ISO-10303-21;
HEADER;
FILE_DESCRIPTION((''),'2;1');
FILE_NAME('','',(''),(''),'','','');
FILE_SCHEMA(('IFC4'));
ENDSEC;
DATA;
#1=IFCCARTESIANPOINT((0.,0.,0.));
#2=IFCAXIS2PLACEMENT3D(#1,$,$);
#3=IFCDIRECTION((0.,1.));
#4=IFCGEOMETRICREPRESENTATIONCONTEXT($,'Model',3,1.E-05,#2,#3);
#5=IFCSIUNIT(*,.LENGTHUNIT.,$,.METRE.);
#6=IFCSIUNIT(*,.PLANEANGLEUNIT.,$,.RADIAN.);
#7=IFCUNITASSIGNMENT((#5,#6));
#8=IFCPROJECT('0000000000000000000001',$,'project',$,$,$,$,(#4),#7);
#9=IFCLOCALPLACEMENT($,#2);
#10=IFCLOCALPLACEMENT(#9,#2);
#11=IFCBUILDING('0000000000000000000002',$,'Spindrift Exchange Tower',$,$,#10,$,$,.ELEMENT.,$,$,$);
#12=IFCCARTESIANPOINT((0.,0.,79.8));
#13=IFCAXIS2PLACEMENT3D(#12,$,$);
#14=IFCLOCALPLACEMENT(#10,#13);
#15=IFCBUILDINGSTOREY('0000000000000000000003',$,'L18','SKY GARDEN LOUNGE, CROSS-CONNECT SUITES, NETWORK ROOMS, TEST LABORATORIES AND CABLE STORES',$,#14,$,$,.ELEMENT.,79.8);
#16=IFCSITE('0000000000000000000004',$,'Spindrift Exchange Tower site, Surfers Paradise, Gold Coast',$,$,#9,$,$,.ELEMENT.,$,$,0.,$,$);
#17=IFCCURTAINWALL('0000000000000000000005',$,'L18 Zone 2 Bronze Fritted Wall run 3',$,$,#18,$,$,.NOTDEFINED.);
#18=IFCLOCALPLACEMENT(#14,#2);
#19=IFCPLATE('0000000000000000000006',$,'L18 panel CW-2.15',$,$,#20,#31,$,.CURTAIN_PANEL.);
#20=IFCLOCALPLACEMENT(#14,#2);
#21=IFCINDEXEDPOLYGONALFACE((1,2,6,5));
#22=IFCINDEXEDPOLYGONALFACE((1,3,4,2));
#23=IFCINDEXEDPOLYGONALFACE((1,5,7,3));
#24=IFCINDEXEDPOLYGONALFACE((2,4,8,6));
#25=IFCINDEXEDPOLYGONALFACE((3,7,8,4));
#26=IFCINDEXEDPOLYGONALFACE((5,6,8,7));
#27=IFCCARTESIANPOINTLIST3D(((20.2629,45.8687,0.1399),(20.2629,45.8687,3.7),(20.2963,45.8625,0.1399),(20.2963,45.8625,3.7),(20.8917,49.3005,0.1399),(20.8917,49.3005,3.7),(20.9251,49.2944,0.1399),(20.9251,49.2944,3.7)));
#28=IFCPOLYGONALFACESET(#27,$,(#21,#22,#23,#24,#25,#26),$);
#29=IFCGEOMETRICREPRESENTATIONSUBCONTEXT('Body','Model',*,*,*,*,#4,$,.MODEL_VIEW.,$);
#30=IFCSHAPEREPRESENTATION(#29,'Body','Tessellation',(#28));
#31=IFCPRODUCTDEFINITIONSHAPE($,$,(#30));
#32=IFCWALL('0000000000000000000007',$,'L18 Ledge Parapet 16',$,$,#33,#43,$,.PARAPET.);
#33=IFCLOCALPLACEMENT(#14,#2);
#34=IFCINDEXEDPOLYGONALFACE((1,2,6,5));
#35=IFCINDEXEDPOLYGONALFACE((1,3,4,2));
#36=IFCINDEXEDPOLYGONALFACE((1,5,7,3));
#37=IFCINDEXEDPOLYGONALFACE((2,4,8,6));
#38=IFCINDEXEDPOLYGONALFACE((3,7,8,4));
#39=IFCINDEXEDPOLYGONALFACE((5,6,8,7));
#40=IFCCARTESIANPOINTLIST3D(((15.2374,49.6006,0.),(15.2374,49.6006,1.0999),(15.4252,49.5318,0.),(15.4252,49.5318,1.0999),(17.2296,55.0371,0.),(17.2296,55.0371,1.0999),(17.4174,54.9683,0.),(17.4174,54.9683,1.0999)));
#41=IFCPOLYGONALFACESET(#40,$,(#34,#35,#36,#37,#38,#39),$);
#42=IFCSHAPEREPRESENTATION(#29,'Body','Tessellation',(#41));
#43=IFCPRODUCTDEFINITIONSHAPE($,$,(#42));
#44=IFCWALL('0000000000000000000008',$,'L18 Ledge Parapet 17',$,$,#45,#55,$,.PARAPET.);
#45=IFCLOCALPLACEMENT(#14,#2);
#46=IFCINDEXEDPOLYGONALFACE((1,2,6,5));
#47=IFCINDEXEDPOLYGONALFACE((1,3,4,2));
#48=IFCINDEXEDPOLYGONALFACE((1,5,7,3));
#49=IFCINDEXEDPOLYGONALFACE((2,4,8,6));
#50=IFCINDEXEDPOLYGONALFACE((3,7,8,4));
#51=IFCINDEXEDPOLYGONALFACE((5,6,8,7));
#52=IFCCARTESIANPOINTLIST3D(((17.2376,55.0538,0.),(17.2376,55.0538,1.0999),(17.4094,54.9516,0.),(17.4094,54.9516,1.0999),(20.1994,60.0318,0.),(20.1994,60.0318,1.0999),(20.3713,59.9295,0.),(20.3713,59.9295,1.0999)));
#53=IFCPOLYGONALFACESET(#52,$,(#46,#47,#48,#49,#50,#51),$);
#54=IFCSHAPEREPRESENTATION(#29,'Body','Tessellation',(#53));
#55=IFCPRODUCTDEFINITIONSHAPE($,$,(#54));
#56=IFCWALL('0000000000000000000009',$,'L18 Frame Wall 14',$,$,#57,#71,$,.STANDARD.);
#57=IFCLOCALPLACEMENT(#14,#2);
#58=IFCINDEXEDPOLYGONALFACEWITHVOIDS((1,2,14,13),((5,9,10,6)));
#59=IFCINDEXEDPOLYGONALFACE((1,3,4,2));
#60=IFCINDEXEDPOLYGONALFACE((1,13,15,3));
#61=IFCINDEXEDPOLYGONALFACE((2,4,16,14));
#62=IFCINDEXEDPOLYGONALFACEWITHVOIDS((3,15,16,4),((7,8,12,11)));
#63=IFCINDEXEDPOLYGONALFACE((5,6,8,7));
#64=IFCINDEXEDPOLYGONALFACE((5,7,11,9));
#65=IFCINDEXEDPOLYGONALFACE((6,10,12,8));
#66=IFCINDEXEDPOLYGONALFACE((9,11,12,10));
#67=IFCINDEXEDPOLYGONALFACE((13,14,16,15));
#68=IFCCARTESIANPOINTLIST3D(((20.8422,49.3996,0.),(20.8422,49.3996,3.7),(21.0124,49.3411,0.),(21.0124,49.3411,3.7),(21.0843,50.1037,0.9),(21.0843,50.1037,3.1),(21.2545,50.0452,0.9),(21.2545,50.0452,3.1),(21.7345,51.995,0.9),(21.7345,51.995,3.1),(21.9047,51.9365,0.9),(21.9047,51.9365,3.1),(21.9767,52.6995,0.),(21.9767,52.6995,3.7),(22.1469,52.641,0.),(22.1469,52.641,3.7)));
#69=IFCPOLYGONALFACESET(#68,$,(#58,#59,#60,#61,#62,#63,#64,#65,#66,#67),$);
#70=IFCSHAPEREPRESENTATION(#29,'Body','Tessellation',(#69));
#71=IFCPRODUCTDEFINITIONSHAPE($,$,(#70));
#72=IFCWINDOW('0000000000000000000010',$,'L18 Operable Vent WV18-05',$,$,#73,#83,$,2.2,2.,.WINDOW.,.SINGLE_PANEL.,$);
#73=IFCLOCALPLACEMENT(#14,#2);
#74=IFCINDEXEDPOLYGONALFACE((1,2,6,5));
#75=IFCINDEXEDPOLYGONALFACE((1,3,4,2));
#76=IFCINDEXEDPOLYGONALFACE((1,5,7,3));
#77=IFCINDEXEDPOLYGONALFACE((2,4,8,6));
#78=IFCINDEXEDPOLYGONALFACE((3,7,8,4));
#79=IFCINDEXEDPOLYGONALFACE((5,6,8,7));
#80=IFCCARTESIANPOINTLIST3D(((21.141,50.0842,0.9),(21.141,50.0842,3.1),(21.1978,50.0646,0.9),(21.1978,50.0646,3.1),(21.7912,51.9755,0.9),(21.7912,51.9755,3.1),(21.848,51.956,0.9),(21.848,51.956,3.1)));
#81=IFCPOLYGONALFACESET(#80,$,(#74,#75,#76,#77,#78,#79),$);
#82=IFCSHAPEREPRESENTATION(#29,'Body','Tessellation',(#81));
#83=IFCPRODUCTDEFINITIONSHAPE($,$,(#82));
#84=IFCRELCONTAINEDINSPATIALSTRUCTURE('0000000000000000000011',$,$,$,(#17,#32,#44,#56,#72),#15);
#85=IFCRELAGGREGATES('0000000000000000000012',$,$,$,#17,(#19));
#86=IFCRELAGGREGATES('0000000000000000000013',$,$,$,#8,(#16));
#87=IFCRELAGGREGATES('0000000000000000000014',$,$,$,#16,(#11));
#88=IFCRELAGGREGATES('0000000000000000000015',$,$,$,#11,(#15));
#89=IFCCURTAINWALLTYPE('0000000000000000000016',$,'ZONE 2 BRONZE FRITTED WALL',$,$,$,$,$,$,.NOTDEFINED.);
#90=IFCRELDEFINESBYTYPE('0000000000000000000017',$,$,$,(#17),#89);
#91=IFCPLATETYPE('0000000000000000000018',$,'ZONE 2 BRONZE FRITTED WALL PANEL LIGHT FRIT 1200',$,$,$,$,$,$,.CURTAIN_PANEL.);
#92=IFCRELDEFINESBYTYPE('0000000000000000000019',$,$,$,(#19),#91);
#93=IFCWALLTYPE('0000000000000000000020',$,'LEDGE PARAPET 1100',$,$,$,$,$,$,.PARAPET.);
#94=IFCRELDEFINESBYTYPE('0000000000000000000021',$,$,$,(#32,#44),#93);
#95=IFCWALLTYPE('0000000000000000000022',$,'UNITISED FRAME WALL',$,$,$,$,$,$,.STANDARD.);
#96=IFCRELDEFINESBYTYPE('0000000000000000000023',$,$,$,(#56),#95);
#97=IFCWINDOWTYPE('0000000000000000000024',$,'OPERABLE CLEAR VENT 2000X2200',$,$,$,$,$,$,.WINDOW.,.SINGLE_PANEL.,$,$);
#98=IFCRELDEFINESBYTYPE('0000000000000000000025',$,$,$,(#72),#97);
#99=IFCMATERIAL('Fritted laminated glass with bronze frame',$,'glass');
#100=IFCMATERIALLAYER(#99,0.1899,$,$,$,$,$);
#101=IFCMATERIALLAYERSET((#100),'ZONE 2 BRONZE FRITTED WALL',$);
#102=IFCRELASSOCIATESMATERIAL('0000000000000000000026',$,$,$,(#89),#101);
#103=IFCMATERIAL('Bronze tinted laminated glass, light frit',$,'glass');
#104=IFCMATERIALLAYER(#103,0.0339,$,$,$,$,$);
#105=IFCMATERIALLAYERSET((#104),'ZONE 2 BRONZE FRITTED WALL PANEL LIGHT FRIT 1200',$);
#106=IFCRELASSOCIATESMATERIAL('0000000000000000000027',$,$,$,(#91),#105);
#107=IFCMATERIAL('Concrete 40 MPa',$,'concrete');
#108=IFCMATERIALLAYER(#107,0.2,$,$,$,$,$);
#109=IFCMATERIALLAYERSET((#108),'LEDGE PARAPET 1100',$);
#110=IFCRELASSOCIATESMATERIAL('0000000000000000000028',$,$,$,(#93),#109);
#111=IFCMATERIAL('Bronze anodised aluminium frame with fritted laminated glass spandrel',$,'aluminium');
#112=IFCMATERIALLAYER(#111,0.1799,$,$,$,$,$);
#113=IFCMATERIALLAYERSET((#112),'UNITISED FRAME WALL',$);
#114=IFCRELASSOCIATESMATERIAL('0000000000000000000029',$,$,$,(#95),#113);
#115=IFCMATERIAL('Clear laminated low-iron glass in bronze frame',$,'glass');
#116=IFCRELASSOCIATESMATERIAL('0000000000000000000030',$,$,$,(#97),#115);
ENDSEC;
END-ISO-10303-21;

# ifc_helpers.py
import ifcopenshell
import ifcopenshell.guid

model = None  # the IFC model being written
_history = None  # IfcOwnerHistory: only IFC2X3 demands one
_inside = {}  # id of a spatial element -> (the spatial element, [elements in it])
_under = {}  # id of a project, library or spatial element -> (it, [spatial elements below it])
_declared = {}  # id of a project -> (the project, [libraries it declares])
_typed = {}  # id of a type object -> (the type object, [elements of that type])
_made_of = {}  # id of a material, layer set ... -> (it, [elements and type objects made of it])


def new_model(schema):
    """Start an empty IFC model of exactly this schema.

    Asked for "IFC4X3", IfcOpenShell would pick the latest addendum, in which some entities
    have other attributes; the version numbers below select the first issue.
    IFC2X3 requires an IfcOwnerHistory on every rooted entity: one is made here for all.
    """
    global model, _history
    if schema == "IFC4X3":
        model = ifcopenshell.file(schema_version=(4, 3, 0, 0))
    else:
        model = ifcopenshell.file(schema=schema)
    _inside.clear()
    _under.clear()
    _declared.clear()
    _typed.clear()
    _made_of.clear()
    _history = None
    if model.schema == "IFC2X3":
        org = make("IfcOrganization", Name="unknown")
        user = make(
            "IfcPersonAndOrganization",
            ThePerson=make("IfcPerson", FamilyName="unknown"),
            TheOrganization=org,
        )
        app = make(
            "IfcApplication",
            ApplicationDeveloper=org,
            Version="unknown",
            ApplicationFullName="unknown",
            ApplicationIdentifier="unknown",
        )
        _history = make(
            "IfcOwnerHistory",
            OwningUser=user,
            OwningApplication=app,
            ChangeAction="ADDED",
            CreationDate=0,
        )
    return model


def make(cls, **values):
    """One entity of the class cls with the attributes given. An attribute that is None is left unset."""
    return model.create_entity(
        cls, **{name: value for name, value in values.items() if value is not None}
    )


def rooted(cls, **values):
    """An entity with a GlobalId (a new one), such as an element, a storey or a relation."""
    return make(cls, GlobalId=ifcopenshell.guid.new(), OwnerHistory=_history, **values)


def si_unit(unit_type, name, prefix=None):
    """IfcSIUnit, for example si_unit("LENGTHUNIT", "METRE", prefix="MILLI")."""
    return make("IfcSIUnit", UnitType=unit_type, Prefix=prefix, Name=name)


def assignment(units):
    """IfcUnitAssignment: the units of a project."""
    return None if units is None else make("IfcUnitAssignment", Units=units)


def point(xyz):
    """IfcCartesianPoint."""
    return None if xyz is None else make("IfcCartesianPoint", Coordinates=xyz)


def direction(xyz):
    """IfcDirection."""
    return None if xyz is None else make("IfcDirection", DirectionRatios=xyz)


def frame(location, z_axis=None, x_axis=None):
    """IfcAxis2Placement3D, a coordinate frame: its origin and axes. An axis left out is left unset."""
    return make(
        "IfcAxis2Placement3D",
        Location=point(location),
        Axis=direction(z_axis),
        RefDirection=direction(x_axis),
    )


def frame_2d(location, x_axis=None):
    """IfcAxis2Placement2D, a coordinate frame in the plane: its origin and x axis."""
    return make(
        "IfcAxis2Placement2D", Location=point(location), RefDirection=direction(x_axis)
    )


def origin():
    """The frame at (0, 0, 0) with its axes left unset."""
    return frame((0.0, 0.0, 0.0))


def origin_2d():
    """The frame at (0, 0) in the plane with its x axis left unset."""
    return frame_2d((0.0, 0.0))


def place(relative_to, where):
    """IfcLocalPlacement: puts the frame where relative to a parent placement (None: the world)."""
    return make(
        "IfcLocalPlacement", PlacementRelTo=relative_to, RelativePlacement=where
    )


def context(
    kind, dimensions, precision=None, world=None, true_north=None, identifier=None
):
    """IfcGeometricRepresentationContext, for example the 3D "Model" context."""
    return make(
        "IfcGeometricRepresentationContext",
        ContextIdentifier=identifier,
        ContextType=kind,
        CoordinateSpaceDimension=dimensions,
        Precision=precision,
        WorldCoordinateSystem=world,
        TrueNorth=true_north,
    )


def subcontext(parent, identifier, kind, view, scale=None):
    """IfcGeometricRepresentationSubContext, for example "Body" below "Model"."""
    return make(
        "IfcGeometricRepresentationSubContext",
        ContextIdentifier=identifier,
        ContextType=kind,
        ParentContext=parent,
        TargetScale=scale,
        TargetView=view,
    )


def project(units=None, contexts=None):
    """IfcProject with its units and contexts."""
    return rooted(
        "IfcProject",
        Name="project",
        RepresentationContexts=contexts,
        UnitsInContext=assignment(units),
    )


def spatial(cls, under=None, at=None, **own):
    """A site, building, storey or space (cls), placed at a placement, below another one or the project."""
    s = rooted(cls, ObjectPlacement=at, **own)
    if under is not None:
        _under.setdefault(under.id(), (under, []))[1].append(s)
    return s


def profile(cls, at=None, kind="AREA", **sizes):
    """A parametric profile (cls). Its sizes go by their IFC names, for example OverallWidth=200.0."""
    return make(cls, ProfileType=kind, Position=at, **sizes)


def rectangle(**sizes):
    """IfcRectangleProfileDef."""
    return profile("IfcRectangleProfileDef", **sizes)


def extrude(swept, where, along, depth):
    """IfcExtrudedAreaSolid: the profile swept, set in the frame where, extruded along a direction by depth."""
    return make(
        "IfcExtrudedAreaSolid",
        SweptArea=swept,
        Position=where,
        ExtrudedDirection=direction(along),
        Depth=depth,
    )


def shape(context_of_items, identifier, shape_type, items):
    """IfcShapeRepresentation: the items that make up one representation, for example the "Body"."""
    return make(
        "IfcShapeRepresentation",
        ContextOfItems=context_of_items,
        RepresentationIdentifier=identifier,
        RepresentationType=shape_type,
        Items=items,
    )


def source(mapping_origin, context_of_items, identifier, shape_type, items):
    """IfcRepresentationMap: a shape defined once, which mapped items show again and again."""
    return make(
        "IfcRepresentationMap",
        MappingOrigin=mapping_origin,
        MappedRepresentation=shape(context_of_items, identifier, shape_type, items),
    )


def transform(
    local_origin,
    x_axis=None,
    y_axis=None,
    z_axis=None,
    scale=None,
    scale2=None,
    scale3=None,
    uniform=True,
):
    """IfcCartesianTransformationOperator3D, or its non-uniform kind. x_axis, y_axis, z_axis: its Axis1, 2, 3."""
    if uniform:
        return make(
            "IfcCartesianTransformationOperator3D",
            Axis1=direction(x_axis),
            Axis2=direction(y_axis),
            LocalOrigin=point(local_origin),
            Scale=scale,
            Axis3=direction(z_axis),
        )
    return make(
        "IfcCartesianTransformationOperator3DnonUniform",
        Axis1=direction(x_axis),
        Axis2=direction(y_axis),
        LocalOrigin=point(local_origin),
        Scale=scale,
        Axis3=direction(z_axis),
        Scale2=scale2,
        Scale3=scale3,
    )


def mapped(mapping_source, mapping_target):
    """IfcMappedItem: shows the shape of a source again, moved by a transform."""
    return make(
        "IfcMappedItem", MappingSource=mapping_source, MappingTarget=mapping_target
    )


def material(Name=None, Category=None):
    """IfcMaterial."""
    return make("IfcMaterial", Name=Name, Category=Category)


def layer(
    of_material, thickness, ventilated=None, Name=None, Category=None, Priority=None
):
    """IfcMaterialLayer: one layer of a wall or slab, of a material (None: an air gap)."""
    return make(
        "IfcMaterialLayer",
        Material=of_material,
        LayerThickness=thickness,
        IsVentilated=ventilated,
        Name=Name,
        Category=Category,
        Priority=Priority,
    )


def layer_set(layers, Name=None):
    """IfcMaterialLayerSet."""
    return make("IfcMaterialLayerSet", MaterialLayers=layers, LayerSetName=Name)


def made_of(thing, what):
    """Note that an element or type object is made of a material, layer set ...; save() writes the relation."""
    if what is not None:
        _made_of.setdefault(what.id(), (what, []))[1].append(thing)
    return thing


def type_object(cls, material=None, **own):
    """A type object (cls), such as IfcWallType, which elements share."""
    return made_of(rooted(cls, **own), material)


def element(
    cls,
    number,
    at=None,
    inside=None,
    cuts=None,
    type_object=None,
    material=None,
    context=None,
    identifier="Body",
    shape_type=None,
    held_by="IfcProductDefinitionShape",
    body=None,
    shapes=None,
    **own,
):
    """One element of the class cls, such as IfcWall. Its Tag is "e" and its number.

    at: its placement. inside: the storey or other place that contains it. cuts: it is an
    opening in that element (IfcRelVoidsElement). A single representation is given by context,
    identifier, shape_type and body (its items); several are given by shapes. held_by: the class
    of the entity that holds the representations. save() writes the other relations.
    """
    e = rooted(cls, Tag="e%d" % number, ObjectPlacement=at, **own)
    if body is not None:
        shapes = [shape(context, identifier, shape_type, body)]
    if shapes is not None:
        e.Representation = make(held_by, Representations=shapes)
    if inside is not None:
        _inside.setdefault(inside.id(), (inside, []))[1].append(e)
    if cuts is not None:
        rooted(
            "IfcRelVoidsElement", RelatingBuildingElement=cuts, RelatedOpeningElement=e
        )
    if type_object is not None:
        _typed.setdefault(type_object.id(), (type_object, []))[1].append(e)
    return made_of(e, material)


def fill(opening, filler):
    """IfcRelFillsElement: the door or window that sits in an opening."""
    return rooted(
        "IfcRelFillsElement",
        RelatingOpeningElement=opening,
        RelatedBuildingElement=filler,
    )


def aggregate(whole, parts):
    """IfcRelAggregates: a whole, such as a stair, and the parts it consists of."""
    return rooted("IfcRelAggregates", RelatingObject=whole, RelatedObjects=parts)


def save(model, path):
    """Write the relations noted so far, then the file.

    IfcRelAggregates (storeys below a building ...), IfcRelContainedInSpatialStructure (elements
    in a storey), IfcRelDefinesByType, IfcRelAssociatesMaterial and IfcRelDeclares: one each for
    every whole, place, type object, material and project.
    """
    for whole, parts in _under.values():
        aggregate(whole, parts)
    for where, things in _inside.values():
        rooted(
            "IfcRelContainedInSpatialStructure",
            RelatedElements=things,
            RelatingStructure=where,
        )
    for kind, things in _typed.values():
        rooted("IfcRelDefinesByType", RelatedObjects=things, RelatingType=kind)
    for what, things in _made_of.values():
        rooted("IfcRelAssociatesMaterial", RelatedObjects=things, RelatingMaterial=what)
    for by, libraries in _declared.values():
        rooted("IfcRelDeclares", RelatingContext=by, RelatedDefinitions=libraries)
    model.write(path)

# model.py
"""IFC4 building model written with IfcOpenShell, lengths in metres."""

from ifc_helpers import new_model, si_unit, direction, frame, frame_2d, origin, origin_2d, place, context, subcontext, project, spatial, rectangle, extrude, source, transform, mapped, material, layer, layer_set, type_object, element, fill, aggregate, save


model = new_model("IFC4")

# Units and contexts
model_context = context("Model", 3, precision=1e-05, world=origin(), true_north=direction((0.0, 1.0)))
body_context = subcontext(model_context, "Body", "Model", "MODEL_VIEW")
ifc_project = project(units=[si_unit("LENGTHUNIT", "METRE"), si_unit("PLANEANGLEUNIT", "RADIAN")], contexts=[model_context])

# Site, building, storey
site_placement = place(None, origin())
site = spatial("IfcSite", under=ifc_project, at=site_placement, Name="Spindrift Exchange Tower site, Surfers Paradise, Gold Coast", CompositionType="ELEMENT", RefElevation=0.0)
building_placement = place(site_placement, origin())
building = spatial("IfcBuilding", under=site, at=building_placement, Name="Spindrift Exchange Tower", CompositionType="ELEMENT")
storey_placement = place(building_placement, frame((0.0, 0.0, 79.8)))
storey = spatial("IfcBuildingStorey", under=building, at=storey_placement, Name="L18", Description="SKY GARDEN LOUNGE, CROSS-CONNECT SUITES, NETWORK ROOMS, TEST LABORATORIES AND CABLE STORES", CompositionType="ELEMENT", Elevation=79.8)

# Curtain wall
ifc_material_1 = material(Name="Fritted laminated glass with bronze frame", Category="glass")
ifc_layer_1 = layer(ifc_material_1, 0.1899)
ifc_layer_set_1 = layer_set([ifc_layer_1], Name="ZONE 2 BRONZE FRITTED WALL")
curtain_wall_type = type_object("IfcCurtainWallType", Name="ZONE 2 BRONZE FRITTED WALL", PredefinedType="NOTDEFINED", material=ifc_layer_set_1)
curtain_wall_1_placement = place(storey_placement, origin())
curtain_wall_1 = element("IfcCurtainWall", 1, at=curtain_wall_1_placement, inside=storey, type_object=curtain_wall_type, Name="L18 Zone 2 Bronze Fritted Wall run 3", PredefinedType="NOTDEFINED")

# Shared definitions
ifc_material_2 = material(Name="Bronze tinted laminated glass, light frit", Category="glass")

# Plate
ifc_layer_2 = layer(ifc_material_2, 0.0339)
ifc_layer_set_2 = layer_set([ifc_layer_2], Name="ZONE 2 BRONZE FRITTED WALL PANEL LIGHT FRIT 1200")
plate_type_1 = type_object("IfcPlateType", Name="ZONE 2 BRONZE FRITTED WALL PANEL LIGHT FRIT 1200", PredefinedType="CURTAIN_PANEL", material=ifc_layer_set_2)
shared_shape_1 = source(origin(), body_context, "Body", "SweptSolid", [
    extrude(rectangle(XDim=3.489, YDim=0.0339, at=origin_2d()), origin(), (0.0, 0.0, 1.0), 3.5601),
])
plate_1_placement = place(storey_placement, frame((20.594, 47.5815, 0.1399), z_axis=(0.0, 0.0, 1.0), x_axis=(-0.180215, -0.983627, 0.0)))
plate_1 = element("IfcPlate", 2, at=plate_1_placement, type_object=plate_type_1, Name="L18 panel CW-2.15", PredefinedType="CURTAIN_PANEL", context=body_context, shape_type="MappedRepresentation", body=[
    mapped(shared_shape_1, transform((0.0, 0.0, 0.0), scale=1.0)),
])
aggregate(curtain_wall_1, [plate_1])

# Walls
ifc_material_3 = material(Name="Concrete 40 MPa", Category="concrete")
ifc_layer_3 = layer(ifc_material_3, 0.2)
ifc_layer_set_3 = layer_set([ifc_layer_3], Name="LEDGE PARAPET 1100")
wall_type_1 = type_object("IfcWallType", Name="LEDGE PARAPET 1100", PredefinedType="PARAPET", material=ifc_layer_set_3)
wall_1_placement = place(storey_placement, frame((15.3313, 49.5662, 0.0), z_axis=(0.0, 0.0, 1.0), x_axis=(0.344071, 0.938944, 0.0)))
element("IfcWall", 3, at=wall_1_placement, inside=storey, type_object=wall_type_1, Name="L18 Ledge Parapet 16", PredefinedType="PARAPET", context=body_context, shape_type="SweptSolid", body=[
    extrude(rectangle(XDim=5.79, YDim=0.2, at=frame_2d((2.895, 0.0))), origin(), (0.0, 0.0, 1.0), 1.0999),
])
wall_2_placement = place(storey_placement, frame((17.3235, 55.0027, 0.0), z_axis=(0.0, 0.0, 1.0), x_axis=(0.511331, 0.859384, 0.0)))
element("IfcWall", 4, at=wall_2_placement, inside=storey, type_object=wall_type_1, Name="L18 Ledge Parapet 17", PredefinedType="PARAPET", context=body_context, shape_type="SweptSolid", body=[
    extrude(rectangle(XDim=5.7925, YDim=0.2, at=frame_2d((2.8962, 0.0))), origin(), (0.0, 0.0, 1.0), 1.0999),
])

# Wall, opening, window
ifc_material_4 = material(Name="Bronze anodised aluminium frame with fritted laminated glass spandrel", Category="aluminium")
ifc_layer_4 = layer(ifc_material_4, 0.1799)
ifc_layer_set_4 = layer_set([ifc_layer_4], Name="UNITISED FRAME WALL")
wall_type_2 = type_object("IfcWallType", Name="UNITISED FRAME WALL", PredefinedType="STANDARD", material=ifc_layer_set_4)
wall_3_placement = place(storey_placement, frame((22.0618, 52.6702, 0.0), z_axis=(0.0, 0.0, 1.0), x_axis=(-0.325113, -0.945675, 0.0)))
wall_3 = element("IfcWall", 5, at=wall_3_placement, inside=storey, type_object=wall_type_2, Name="L18 Frame Wall 14", PredefinedType="STANDARD", context=body_context, shape_type="SweptSolid", body=[
    extrude(rectangle(XDim=3.4895, YDim=0.1799, at=frame_2d((1.7446, 0.0))), origin(), (0.0, 0.0, 1.0), 3.7),
])
opening_placement = place(wall_3_placement, frame((0.7449, 0.0, 0.8999)))
opening = element("IfcOpeningElement", 6, at=opening_placement, cuts=wall_3, PredefinedType="OPENING", context=body_context, shape_type="SweptSolid", body=[
    extrude(rectangle(XDim=2.0, YDim=2.2, at=frame_2d((1.0, 1.1001))), frame((0.0, 0.0999, 0.0), z_axis=(0.0, -1.0, 0.0), x_axis=(1.0, 0.0, 0.0)), (0.0, 0.0, 1.0), 0.2),
])
ifc_material_5 = material(Name="Clear laminated low-iron glass in bronze frame", Category="glass")
window_type = type_object("IfcWindowType", Name="OPERABLE CLEAR VENT 2000X2200", PartitioningType="SINGLE_PANEL", PredefinedType="WINDOW", material=ifc_material_5)
shared_shape_2 = source(origin(), body_context, "Body", "SweptSolid", [
    extrude(rectangle(XDim=2.0, YDim=2.2, at=frame_2d((1.0, 1.1001))), frame((0.0, 0.03, 0.0), z_axis=(0.0, -1.0, 0.0), x_axis=(1.0, 0.0, 0.0)), (0.0, 0.0, 1.0), 0.0601),
])
window_placement = place(opening_placement, origin())
window = element("IfcWindow", 7, at=window_placement, inside=storey, type_object=window_type, Name="L18 Operable Vent WV18-05", OverallHeight=2.2, OverallWidth=2.0, PartitioningType="SINGLE_PANEL", PredefinedType="WINDOW", context=body_context, shape_type="MappedRepresentation", body=[
    mapped(shared_shape_2, transform((0.0, 0.0, 0.0), scale=1.0)),
])
fill(opening, window)

save(model, "model.ifc")
